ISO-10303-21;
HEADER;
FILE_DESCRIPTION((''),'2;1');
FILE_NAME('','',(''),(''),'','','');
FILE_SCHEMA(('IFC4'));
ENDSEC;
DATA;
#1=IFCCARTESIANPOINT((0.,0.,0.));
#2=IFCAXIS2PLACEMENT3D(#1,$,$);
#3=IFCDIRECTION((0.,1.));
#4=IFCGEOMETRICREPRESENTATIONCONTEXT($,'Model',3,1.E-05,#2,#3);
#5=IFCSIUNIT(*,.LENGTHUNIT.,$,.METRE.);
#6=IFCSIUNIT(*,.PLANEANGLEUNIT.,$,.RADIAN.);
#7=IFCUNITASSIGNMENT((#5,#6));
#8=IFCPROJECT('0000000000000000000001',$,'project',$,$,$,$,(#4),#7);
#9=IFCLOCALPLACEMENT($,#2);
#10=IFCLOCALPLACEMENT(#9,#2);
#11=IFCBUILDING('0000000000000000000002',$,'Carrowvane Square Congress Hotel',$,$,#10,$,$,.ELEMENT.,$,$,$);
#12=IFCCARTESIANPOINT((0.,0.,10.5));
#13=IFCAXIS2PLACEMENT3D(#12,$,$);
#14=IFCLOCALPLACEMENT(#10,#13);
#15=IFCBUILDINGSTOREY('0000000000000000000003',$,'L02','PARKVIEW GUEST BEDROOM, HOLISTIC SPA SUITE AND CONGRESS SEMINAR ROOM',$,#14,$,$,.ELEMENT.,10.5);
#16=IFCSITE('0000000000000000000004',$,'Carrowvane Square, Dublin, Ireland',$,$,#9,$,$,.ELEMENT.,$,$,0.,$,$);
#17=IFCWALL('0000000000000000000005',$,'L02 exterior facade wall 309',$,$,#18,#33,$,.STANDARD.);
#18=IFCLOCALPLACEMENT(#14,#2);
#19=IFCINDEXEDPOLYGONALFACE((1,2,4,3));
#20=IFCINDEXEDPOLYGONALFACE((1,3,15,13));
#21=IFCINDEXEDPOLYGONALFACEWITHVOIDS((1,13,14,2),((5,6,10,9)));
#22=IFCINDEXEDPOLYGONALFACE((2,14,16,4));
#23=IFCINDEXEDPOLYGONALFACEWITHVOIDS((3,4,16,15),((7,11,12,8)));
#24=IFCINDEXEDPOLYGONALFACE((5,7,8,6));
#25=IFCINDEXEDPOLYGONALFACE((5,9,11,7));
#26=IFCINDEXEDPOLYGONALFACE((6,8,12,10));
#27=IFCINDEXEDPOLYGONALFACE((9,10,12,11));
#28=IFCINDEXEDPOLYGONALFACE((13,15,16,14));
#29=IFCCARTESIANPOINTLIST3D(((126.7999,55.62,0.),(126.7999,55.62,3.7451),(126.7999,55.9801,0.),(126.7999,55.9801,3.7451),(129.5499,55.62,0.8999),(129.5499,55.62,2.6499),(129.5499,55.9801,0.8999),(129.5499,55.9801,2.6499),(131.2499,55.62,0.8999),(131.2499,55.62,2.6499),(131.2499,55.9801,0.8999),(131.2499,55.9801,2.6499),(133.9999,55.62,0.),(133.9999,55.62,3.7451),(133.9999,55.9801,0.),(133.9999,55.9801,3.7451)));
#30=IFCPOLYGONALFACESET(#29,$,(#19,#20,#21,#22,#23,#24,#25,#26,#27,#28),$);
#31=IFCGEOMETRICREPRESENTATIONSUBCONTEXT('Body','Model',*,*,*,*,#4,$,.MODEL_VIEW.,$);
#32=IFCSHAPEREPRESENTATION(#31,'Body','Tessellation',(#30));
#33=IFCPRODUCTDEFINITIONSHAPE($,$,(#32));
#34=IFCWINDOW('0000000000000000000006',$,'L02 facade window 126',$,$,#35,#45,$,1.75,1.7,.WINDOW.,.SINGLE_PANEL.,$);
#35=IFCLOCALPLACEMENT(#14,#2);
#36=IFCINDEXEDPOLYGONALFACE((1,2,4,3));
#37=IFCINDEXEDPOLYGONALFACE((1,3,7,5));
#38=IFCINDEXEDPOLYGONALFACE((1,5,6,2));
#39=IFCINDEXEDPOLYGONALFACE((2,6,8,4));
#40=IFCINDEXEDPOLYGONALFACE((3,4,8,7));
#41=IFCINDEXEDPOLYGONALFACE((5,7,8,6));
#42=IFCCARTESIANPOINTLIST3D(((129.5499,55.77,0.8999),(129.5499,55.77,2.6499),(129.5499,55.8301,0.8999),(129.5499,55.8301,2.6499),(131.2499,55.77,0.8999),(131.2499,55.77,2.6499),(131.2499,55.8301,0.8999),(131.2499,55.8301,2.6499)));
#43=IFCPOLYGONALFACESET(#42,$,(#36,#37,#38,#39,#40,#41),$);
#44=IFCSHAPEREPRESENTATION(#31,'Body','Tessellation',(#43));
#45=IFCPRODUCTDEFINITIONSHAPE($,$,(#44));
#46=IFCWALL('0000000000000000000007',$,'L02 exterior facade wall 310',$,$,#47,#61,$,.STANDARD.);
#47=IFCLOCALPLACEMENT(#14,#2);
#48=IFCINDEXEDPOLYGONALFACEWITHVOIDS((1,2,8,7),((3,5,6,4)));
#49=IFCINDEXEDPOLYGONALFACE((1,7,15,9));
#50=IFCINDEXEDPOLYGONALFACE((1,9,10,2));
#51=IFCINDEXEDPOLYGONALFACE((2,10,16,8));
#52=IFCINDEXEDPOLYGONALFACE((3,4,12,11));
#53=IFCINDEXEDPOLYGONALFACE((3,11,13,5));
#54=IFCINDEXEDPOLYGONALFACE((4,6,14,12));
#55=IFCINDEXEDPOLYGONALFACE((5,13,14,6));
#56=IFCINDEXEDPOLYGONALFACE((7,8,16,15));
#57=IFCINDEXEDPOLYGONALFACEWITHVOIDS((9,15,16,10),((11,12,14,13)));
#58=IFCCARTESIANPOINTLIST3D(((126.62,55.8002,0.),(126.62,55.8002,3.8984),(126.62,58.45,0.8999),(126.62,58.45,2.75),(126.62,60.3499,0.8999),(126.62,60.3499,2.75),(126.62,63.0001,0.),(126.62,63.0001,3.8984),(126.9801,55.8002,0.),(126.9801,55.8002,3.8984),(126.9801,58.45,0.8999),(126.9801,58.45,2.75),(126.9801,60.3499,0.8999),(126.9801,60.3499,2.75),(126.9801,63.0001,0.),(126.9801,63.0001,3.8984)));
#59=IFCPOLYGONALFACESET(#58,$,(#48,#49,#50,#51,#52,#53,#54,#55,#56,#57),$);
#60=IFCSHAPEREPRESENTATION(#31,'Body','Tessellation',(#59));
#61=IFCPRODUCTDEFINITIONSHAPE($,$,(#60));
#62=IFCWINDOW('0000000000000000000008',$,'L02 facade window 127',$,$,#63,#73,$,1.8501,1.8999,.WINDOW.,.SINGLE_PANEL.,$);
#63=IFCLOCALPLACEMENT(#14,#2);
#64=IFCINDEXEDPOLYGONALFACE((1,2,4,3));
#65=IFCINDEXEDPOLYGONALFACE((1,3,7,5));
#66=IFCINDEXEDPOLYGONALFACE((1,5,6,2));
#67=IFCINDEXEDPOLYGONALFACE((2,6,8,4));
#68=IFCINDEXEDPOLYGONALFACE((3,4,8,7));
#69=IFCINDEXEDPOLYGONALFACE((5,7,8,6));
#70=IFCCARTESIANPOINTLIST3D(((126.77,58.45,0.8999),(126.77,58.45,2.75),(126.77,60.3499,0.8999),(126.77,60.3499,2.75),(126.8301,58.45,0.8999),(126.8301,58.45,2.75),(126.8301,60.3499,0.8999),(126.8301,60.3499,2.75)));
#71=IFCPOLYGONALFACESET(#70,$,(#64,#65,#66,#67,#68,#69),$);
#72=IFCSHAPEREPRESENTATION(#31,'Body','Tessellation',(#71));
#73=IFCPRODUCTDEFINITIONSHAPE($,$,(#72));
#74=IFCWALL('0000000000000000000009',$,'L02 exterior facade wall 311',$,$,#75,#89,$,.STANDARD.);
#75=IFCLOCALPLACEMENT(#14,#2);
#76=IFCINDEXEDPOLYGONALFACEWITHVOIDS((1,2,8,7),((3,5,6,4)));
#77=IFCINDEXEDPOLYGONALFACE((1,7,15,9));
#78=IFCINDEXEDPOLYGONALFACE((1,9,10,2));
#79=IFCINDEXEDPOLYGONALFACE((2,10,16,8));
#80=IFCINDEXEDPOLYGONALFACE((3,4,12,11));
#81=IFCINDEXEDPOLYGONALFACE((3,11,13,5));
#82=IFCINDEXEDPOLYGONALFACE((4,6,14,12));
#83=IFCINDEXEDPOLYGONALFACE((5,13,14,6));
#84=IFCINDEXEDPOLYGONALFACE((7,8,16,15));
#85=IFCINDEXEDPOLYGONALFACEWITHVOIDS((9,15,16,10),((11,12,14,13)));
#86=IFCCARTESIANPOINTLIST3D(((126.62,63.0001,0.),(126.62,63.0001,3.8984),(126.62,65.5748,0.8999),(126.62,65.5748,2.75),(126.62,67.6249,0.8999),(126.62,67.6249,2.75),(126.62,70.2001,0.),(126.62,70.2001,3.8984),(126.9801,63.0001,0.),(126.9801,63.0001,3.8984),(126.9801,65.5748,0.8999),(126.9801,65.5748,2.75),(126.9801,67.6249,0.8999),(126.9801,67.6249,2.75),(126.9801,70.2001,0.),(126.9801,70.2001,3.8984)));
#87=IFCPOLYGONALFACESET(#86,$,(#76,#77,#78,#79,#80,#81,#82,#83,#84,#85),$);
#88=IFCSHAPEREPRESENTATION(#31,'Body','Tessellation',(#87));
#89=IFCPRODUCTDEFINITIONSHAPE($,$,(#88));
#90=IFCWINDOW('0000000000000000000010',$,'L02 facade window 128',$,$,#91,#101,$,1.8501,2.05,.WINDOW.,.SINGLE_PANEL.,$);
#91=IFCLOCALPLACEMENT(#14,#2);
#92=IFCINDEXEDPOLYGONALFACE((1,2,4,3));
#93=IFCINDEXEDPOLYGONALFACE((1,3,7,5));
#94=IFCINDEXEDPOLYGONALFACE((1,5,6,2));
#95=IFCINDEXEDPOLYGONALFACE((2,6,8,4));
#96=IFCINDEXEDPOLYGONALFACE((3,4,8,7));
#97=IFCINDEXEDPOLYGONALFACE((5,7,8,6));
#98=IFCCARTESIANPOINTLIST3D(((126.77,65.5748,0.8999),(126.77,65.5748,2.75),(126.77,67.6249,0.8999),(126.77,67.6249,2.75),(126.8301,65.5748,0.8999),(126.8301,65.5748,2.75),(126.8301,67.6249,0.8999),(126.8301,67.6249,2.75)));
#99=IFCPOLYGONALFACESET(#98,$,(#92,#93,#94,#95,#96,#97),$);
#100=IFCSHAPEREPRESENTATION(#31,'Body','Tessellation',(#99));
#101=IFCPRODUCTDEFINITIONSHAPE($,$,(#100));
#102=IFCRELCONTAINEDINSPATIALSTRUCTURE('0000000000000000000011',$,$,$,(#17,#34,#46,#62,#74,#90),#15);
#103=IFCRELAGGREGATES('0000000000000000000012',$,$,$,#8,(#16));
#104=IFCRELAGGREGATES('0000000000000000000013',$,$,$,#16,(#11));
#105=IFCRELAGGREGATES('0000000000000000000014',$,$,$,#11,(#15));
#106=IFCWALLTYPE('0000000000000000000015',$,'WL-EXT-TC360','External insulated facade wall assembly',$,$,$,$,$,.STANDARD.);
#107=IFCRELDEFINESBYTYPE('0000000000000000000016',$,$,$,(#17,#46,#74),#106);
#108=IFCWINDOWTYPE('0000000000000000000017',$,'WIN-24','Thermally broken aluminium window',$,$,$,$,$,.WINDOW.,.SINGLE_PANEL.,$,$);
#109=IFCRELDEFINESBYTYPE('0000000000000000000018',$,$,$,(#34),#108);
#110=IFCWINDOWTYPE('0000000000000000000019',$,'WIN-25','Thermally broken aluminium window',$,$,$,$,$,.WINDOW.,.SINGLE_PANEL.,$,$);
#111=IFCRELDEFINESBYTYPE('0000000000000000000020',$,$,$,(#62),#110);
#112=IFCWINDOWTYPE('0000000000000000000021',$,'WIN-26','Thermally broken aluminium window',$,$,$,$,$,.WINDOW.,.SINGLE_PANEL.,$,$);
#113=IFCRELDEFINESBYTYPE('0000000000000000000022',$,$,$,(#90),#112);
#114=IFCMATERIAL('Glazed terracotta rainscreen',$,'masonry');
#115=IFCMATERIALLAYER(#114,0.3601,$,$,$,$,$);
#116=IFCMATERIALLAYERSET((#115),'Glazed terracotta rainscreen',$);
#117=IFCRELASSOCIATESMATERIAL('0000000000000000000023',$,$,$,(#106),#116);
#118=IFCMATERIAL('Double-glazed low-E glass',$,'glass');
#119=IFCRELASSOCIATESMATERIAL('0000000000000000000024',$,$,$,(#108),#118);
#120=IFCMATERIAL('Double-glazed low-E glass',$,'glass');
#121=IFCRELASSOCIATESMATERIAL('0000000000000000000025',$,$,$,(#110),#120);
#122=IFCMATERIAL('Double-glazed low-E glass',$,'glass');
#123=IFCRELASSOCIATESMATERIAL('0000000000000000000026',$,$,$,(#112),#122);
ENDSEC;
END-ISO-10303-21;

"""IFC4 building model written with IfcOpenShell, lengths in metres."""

from ifc_helpers import new_model, si_unit, direction, frame, frame_2d, origin, place, context, subcontext, project, spatial, rectangle, extrude, material, layer, layer_set, type_object, element, fill, save


model = new_model("IFC4")

# Units and contexts
model_context = context("Model", 3, precision=1e-05, world=origin(), true_north=direction((0.0, 1.0)))
body_context = subcontext(model_context, "Body", "Model", "MODEL_VIEW")
ifc_project = project(units=[si_unit("LENGTHUNIT", "METRE"), si_unit("PLANEANGLEUNIT", "RADIAN")], contexts=[model_context])

# Site, building, storey
site_placement = place(None, origin())
site = spatial("IfcSite", under=ifc_project, at=site_placement, Name="Carrowvane Square, Dublin, Ireland", CompositionType="ELEMENT", RefElevation=0.0)
building_placement = place(site_placement, origin())
building = spatial("IfcBuilding", under=site, at=building_placement, Name="Carrowvane Square Congress Hotel", CompositionType="ELEMENT")
storey_placement = place(building_placement, frame((0.0, 0.0, 10.5)))
storey = spatial("IfcBuildingStorey", under=building, at=storey_placement, Name="L02", Description="PARKVIEW GUEST BEDROOM, HOLISTIC SPA SUITE AND CONGRESS SEMINAR ROOM", CompositionType="ELEMENT", Elevation=10.5)

# Walls, openings, windows
ifc_material_1 = material(Name="Glazed terracotta rainscreen", Category="masonry")
ifc_layer_1 = layer(ifc_material_1, 0.3601)
ifc_layer_set_1 = layer_set([ifc_layer_1], Name="Glazed terracotta rainscreen")
wall_type_1 = type_object("IfcWallType", Name="WL-EXT-TC360", Description="External insulated facade wall assembly", PredefinedType="STANDARD", material=ifc_layer_set_1)
wall_1_placement = place(storey_placement, frame((134.0, 55.8, 0.0), z_axis=(0.0, 0.0, 1.0), x_axis=(-1.0, 0.0, 0.0)))
wall_1 = element("IfcWall", 1, at=wall_1_placement, inside=storey, type_object=wall_type_1, Name="L02 exterior facade wall 309", PredefinedType="STANDARD", context=body_context, shape_type="SweptSolid", body=[
    extrude(rectangle(XDim=7.2, YDim=0.3601, at=frame_2d((3.6001, 0.0))), origin(), (0.0, 0.0, 1.0), 3.7451),
])
opening_1_placement = place(wall_1_placement, frame((2.75, 0.0, 0.8999)))
opening_1 = element("IfcOpeningElement", 2, at=opening_1_placement, cuts=wall_1, PredefinedType="OPENING", context=body_context, shape_type="SweptSolid", body=[
    extrude(rectangle(XDim=1.7, YDim=1.75, at=frame_2d((0.8501, 0.875))), frame((0.0, 0.1899, 0.0), z_axis=(0.0, -1.0, 0.0), x_axis=(1.0, 0.0, 0.0)), (0.0, 0.0, 1.0), 0.3801),
])
ifc_material_2 = material(Name="Double-glazed low-E glass", Category="glass")
window_type_1 = type_object("IfcWindowType", Name="WIN-24", Description="Thermally broken aluminium window", PartitioningType="SINGLE_PANEL", PredefinedType="WINDOW", material=ifc_material_2)
window_1_placement = place(opening_1_placement, origin())
window_1 = element("IfcWindow", 3, at=window_1_placement, inside=storey, type_object=window_type_1, Name="L02 facade window 126", OverallHeight=1.75, OverallWidth=1.7, PartitioningType="SINGLE_PANEL", PredefinedType="WINDOW", context=body_context, shape_type="SweptSolid", body=[
    extrude(rectangle(XDim=1.7, YDim=1.75, at=frame_2d((0.8501, 0.875))), frame((0.0, 0.03, 0.0), z_axis=(0.0, -1.0, 0.0), x_axis=(1.0, 0.0, 0.0)), (0.0, 0.0, 1.0), 0.0601),
])
fill(opening_1, window_1)
wall_2_placement = place(storey_placement, frame((126.8, 55.8, 0.0), z_axis=(0.0, 0.0, 1.0), x_axis=(0.0, 1.0, 0.0)))
wall_2 = element("IfcWall", 4, at=wall_2_placement, inside=storey, type_object=wall_type_1, Name="L02 exterior facade wall 310", PredefinedType="STANDARD", context=body_context, shape_type="SweptSolid", body=[
    extrude(rectangle(XDim=7.2, YDim=0.3601, at=frame_2d((3.6001, 0.0))), origin(), (0.0, 0.0, 1.0), 3.8984),
])
opening_2_placement = place(wall_2_placement, frame((2.6499, 0.0, 0.8999)))
opening_2 = element("IfcOpeningElement", 5, at=opening_2_placement, cuts=wall_2, PredefinedType="OPENING", context=body_context, shape_type="SweptSolid", body=[
    extrude(rectangle(XDim=1.8999, YDim=1.8501, at=frame_2d((0.95, 0.925))), frame((0.0, 0.1899, 0.0), z_axis=(0.0, -1.0, 0.0), x_axis=(1.0, 0.0, 0.0)), (0.0, 0.0, 1.0), 0.3801),
])
ifc_material_3 = material(Name="Double-glazed low-E glass", Category="glass")
window_type_2 = type_object("IfcWindowType", Name="WIN-25", Description="Thermally broken aluminium window", PartitioningType="SINGLE_PANEL", PredefinedType="WINDOW", material=ifc_material_3)
window_2_placement = place(opening_2_placement, origin())
window_2 = element("IfcWindow", 6, at=window_2_placement, inside=storey, type_object=window_type_2, Name="L02 facade window 127", OverallHeight=1.8501, OverallWidth=1.8999, PartitioningType="SINGLE_PANEL", PredefinedType="WINDOW", context=body_context, shape_type="SweptSolid", body=[
    extrude(rectangle(XDim=1.8999, YDim=1.8501, at=frame_2d((0.95, 0.925))), frame((0.0, 0.03, 0.0), z_axis=(0.0, -1.0, 0.0), x_axis=(1.0, 0.0, 0.0)), (0.0, 0.0, 1.0), 0.0601),
])
fill(opening_2, window_2)
wall_3_placement = place(storey_placement, frame((126.8, 63.0, 0.0), z_axis=(0.0, 0.0, 1.0), x_axis=(0.0, 1.0, 0.0)))
wall_3 = element("IfcWall", 7, at=wall_3_placement, inside=storey, type_object=wall_type_1, Name="L02 exterior facade wall 311", PredefinedType="STANDARD", context=body_context, shape_type="SweptSolid", body=[
    extrude(rectangle(XDim=7.2, YDim=0.3601, at=frame_2d((3.6001, 0.0))), origin(), (0.0, 0.0, 1.0), 3.8984),
])
opening_3_placement = place(wall_3_placement, frame((2.575, 0.0, 0.8999)))
opening_3 = element("IfcOpeningElement", 8, at=opening_3_placement, cuts=wall_3, PredefinedType="OPENING", context=body_context, shape_type="SweptSolid", body=[
    extrude(rectangle(XDim=2.05, YDim=1.8501, at=frame_2d((1.0249, 0.925))), frame((0.0, 0.1899, 0.0), z_axis=(0.0, -1.0, 0.0), x_axis=(1.0, 0.0, 0.0)), (0.0, 0.0, 1.0), 0.3801),
])
ifc_material_4 = material(Name="Double-glazed low-E glass", Category="glass")
window_type_3 = type_object("IfcWindowType", Name="WIN-26", Description="Thermally broken aluminium window", PartitioningType="SINGLE_PANEL", PredefinedType="WINDOW", material=ifc_material_4)
window_3_placement = place(opening_3_placement, origin())
window_3 = element("IfcWindow", 9, at=window_3_placement, inside=storey, type_object=window_type_3, Name="L02 facade window 128", OverallHeight=1.8501, OverallWidth=2.05, PartitioningType="SINGLE_PANEL", PredefinedType="WINDOW", context=body_context, shape_type="SweptSolid", body=[
    extrude(rectangle(XDim=2.05, YDim=1.8501, at=frame_2d((1.0249, 0.925))), frame((0.0, 0.03, 0.0), z_axis=(0.0, -1.0, 0.0), x_axis=(1.0, 0.0, 0.0)), (0.0, 0.0, 1.0), 0.0601),
])
fill(opening_3, window_3)

save(model, "model.ifc")
